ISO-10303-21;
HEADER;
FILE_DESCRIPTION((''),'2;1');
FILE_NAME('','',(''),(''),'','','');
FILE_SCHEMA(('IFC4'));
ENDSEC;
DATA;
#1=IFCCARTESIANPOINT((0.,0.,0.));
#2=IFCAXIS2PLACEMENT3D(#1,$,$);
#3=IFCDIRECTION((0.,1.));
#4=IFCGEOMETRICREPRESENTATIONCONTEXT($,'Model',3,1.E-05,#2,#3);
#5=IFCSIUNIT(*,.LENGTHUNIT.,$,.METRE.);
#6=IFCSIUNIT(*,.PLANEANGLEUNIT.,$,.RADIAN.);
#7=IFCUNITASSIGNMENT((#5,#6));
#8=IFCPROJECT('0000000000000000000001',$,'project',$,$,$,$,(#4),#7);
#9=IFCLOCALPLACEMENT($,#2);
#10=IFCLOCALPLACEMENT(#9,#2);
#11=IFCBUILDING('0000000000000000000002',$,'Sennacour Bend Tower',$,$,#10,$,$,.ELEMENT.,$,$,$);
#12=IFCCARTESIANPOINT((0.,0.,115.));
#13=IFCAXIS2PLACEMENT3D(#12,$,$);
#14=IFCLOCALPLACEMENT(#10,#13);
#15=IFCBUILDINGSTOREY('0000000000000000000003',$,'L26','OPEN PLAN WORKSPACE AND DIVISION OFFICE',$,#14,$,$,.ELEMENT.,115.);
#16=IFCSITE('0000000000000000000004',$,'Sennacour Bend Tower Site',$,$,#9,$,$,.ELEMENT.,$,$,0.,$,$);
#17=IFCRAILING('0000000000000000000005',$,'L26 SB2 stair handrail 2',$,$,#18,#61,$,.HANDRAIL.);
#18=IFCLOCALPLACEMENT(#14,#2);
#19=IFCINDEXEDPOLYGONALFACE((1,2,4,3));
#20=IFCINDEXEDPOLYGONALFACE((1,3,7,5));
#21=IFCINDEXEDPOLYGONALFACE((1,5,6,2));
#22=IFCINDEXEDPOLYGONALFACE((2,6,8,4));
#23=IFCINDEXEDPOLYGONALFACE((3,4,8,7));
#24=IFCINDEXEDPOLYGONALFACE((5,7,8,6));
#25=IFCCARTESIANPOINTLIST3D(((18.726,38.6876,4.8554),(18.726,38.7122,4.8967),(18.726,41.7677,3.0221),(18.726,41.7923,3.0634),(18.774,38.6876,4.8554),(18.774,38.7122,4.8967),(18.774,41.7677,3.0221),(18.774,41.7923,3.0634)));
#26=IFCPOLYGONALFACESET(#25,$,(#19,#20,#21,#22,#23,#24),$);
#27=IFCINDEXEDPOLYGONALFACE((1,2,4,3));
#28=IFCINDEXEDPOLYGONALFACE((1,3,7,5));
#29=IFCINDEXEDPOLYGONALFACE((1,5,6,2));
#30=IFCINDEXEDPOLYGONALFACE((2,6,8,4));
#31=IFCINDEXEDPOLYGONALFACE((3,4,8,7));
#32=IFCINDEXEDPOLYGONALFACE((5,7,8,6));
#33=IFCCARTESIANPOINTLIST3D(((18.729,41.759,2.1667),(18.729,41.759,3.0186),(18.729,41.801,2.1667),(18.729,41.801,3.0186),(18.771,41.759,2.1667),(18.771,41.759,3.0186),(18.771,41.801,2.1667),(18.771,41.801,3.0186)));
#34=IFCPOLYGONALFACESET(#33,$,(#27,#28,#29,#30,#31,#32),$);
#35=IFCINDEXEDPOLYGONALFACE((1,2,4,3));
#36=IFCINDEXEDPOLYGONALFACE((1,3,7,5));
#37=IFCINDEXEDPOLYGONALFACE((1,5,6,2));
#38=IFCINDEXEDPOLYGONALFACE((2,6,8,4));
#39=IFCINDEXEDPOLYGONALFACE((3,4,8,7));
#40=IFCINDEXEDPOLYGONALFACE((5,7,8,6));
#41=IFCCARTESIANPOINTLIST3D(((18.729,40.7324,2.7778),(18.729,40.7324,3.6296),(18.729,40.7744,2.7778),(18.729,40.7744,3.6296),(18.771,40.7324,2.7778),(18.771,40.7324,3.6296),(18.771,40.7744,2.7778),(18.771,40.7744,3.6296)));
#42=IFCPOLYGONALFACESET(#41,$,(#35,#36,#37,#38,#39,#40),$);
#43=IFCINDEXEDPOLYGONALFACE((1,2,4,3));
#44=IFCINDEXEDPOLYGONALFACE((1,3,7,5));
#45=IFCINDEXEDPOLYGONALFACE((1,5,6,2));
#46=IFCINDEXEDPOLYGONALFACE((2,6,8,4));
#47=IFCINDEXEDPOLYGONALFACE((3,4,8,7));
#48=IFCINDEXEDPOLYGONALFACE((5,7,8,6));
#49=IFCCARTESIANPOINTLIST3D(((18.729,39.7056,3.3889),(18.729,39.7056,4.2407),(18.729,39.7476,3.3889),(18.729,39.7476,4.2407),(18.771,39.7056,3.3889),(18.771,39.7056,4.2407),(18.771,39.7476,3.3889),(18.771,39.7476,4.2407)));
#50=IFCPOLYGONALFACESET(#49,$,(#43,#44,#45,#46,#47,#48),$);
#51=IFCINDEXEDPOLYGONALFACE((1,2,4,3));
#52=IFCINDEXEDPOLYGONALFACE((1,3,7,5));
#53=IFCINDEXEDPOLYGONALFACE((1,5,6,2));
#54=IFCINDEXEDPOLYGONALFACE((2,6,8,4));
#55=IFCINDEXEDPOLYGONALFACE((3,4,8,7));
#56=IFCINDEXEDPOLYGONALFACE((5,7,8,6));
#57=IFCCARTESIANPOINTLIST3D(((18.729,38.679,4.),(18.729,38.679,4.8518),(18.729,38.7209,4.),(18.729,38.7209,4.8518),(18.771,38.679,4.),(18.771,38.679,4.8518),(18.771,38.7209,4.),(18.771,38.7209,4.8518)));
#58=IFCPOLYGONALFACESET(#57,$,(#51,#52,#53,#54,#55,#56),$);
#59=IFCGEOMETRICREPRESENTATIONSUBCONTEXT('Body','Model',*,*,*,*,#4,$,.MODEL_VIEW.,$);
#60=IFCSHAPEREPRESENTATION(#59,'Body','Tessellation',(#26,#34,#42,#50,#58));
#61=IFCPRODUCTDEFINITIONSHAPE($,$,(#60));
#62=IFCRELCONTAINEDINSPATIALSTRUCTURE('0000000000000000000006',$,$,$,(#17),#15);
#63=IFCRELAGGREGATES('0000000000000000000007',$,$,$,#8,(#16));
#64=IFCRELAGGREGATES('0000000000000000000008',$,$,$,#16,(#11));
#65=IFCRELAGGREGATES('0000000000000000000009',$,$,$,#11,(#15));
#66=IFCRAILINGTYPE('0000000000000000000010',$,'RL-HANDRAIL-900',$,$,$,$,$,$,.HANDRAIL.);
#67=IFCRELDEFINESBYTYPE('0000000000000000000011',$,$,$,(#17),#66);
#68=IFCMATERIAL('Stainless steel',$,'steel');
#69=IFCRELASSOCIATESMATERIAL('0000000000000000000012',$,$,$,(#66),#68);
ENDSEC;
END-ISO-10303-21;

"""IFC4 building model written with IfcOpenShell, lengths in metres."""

from ifc_helpers import new_model, si_unit, direction, frame, origin, origin_2d, place, context, subcontext, project, spatial, rectangle, extrude, material, type_object, element, save


model = new_model("IFC4")

# Units and contexts
model_context = context("Model", 3, precision=1e-05, world=origin(), true_north=direction((0.0, 1.0)))
body_context = subcontext(model_context, "Body", "Model", "MODEL_VIEW")
ifc_project = project(units=[si_unit("LENGTHUNIT", "METRE"), si_unit("PLANEANGLEUNIT", "RADIAN")], contexts=[model_context])

# Site, building, storey
site_placement = place(None, origin())
site = spatial("IfcSite", under=ifc_project, at=site_placement, Name="Sennacour Bend Tower Site", CompositionType="ELEMENT", RefElevation=0.0)
building_placement = place(site_placement, origin())
building = spatial("IfcBuilding", under=site, at=building_placement, Name="Sennacour Bend Tower", CompositionType="ELEMENT")
storey_placement = place(building_placement, frame((0.0, 0.0, 115.0)))
storey = spatial("IfcBuildingStorey", under=building, at=storey_placement, Name="L26", Description="OPEN PLAN WORKSPACE AND DIVISION OFFICE", CompositionType="ELEMENT", Elevation=115.0)

# Shared definitions
ifc_material_1 = material(Name="Stainless steel", Category="steel")

# Railing
railing_type_1 = type_object("IfcRailingType", Name="RL-HANDRAIL-900", PredefinedType="HANDRAIL", material=ifc_material_1)
railing_1_placement = place(storey_placement, frame((18.75, 41.78, 2.1667)))
element("IfcRailing", 1, at=railing_1_placement, inside=storey, type_object=railing_type_1, Name="L26 SB2 stair handrail 2", PredefinedType="HANDRAIL", context=body_context, shape_type="SweptSolid", body=[
    extrude(rectangle(XDim=0.0481, YDim=0.0481, at=origin_2d()), frame((0.0, 0.0, 0.876), z_axis=(0.0, -0.859309, 0.511458), x_axis=(1.0, 0.0, 0.0)), (0.0, 0.0, 1.0), 3.5845),
    extrude(rectangle(XDim=0.042, YDim=0.042, at=origin_2d()), origin(), (0.0, 0.0, 1.0), 0.8518),
    extrude(rectangle(XDim=0.042, YDim=0.042, at=origin_2d()), frame((0.0, -1.0266, 0.6111)), (0.0, 0.0, 1.0), 0.8518),
    extrude(rectangle(XDim=0.042, YDim=0.042, at=origin_2d()), frame((0.0, -2.0535, 1.2222)), (0.0, 0.0, 1.0), 0.8518),
    extrude(rectangle(XDim=0.042, YDim=0.042, at=origin_2d()), frame((0.0, -3.0801, 1.8333)), (0.0, 0.0, 1.0), 0.8518),
])

save(model, "model.ifc")
